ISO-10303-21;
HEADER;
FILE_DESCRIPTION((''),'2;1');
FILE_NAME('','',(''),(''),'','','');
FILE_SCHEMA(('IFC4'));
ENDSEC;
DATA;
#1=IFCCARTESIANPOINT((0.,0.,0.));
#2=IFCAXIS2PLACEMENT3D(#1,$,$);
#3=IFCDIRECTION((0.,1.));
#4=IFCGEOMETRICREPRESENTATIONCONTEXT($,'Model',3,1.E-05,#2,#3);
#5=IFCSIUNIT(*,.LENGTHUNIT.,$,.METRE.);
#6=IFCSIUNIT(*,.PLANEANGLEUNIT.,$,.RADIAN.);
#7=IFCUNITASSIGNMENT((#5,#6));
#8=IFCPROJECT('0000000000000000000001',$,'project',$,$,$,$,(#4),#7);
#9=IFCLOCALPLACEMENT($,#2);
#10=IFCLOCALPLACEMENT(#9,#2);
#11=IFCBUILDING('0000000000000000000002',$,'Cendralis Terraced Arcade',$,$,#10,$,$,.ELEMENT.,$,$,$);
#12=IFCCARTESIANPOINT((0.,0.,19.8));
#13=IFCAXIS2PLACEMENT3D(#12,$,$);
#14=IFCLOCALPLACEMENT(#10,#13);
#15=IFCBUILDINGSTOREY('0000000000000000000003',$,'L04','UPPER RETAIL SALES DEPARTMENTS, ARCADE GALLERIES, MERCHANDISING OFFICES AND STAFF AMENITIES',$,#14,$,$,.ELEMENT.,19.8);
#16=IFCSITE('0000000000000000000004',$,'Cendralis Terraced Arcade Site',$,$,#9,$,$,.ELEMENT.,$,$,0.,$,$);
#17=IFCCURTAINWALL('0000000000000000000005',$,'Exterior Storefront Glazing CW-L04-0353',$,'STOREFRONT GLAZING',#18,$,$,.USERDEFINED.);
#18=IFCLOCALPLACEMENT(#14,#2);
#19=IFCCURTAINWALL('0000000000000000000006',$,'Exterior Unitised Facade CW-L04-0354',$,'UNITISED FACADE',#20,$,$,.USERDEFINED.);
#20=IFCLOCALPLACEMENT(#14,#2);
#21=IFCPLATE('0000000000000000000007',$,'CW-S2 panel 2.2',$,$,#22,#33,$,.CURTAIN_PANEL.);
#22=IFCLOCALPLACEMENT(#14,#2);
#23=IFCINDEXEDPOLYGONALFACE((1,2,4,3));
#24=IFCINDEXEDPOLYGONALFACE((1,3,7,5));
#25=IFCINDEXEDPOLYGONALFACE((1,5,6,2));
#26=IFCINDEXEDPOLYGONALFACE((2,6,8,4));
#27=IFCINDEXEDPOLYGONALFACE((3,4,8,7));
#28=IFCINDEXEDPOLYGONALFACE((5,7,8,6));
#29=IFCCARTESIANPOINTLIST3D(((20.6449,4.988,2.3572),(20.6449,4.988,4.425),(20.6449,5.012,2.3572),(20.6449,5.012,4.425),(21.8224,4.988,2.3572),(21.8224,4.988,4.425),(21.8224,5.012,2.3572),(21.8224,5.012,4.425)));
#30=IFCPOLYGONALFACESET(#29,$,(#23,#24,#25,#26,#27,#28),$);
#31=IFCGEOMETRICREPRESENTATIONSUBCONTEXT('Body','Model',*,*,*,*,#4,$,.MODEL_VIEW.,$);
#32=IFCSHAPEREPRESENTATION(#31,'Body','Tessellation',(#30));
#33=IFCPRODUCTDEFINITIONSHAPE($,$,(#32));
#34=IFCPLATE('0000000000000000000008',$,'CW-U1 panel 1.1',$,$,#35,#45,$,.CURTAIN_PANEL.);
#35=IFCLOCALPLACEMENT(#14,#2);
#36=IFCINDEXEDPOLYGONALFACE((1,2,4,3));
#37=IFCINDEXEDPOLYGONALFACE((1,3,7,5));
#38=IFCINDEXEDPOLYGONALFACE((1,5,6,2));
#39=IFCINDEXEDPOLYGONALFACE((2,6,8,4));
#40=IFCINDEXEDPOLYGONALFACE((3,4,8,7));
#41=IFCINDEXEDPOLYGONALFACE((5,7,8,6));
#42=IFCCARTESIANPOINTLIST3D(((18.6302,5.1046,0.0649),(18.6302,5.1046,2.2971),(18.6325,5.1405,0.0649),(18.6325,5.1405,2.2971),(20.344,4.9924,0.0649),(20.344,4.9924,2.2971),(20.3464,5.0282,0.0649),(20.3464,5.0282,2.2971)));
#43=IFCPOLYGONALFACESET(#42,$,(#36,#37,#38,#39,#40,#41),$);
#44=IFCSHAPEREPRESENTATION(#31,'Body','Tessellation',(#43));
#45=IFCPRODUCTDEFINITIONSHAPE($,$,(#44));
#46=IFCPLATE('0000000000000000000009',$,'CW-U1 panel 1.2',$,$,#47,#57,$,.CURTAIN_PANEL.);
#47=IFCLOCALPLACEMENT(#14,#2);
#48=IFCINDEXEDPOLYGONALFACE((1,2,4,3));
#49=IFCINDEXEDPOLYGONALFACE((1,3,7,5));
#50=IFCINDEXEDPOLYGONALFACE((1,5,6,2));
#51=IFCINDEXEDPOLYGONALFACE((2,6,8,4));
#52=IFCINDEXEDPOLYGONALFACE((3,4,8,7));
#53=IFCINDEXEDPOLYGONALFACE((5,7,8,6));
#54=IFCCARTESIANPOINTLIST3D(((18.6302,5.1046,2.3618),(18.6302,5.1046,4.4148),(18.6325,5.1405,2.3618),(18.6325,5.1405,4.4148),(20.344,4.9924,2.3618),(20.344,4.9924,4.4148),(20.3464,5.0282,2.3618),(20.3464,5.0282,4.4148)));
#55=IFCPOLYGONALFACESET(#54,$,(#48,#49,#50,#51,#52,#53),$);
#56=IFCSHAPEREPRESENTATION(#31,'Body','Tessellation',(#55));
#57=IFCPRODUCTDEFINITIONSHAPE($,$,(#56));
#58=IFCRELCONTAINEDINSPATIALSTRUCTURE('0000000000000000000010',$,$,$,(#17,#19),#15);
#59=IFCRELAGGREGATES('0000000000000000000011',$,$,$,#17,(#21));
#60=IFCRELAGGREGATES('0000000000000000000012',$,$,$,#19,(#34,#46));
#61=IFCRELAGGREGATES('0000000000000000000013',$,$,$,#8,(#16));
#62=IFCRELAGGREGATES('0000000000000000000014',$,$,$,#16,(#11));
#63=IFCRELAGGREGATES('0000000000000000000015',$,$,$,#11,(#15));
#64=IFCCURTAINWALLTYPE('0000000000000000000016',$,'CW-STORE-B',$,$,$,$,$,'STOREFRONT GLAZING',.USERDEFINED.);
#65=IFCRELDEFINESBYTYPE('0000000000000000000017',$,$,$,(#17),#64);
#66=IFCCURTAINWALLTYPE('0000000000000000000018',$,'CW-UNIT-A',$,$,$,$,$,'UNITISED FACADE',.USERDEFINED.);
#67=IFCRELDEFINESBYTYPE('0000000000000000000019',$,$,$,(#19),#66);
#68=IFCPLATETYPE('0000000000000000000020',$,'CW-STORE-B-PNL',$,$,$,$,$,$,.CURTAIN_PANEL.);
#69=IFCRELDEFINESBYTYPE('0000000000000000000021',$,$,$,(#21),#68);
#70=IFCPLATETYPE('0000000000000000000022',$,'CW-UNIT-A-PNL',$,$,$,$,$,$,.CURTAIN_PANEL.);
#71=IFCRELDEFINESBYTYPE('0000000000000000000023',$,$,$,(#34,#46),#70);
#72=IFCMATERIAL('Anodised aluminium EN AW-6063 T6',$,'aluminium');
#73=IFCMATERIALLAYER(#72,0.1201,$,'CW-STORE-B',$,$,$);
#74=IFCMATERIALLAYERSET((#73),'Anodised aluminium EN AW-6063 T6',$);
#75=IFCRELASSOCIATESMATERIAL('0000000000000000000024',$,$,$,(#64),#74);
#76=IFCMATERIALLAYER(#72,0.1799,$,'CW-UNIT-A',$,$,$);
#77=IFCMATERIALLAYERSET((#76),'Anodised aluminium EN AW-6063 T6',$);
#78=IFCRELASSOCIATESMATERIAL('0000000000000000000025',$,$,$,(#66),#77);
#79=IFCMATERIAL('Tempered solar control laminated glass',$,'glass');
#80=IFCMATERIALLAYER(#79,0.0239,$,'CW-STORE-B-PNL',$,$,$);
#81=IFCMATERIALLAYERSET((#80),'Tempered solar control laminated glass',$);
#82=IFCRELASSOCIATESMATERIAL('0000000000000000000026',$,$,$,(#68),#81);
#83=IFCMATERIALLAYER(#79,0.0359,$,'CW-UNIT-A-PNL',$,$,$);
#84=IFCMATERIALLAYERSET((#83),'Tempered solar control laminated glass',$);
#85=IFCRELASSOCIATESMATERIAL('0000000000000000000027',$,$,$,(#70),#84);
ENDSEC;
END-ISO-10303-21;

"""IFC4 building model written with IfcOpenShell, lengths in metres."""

from ifc_helpers import new_model, si_unit, direction, frame, origin, origin_2d, place, context, subcontext, project, spatial, rectangle, extrude, material, layer, layer_set, type_object, element, aggregate, save


model = new_model("IFC4")

# Units and contexts
model_context = context("Model", 3, precision=1e-05, world=origin(), true_north=direction((0.0, 1.0)))
body_context = subcontext(model_context, "Body", "Model", "MODEL_VIEW")
ifc_project = project(units=[si_unit("LENGTHUNIT", "METRE"), si_unit("PLANEANGLEUNIT", "RADIAN")], contexts=[model_context])

# Site, building, storey
site_placement = place(None, origin())
site = spatial("IfcSite", under=ifc_project, at=site_placement, Name="Cendralis Terraced Arcade Site", CompositionType="ELEMENT", RefElevation=0.0)
building_placement = place(site_placement, origin())
building = spatial("IfcBuilding", under=site, at=building_placement, Name="Cendralis Terraced Arcade", CompositionType="ELEMENT")
storey_placement = place(building_placement, frame((0.0, 0.0, 19.8)))
storey = spatial("IfcBuildingStorey", under=building, at=storey_placement, Name="L04", Description="UPPER RETAIL SALES DEPARTMENTS, ARCADE GALLERIES, MERCHANDISING OFFICES AND STAFF AMENITIES", CompositionType="ELEMENT", Elevation=19.8)

# Curtain wall
ifc_material_1 = material(Name="Anodised aluminium EN AW-6063 T6", Category="aluminium")
ifc_layer_1 = layer(ifc_material_1, 0.1201, Name="CW-STORE-B")
ifc_layer_set_1 = layer_set([ifc_layer_1], Name="Anodised aluminium EN AW-6063 T6")
curtain_wall_type_1 = type_object("IfcCurtainWallType", Name="CW-STORE-B", ElementType="STOREFRONT GLAZING", PredefinedType="USERDEFINED", material=ifc_layer_set_1)
curtain_wall_1_placement = place(storey_placement, origin())
curtain_wall_1 = element("IfcCurtainWall", 1, at=curtain_wall_1_placement, inside=storey, type_object=curtain_wall_type_1, Name="Exterior Storefront Glazing CW-L04-0353", ObjectType="STOREFRONT GLAZING", PredefinedType="USERDEFINED")

# Curtain wall
ifc_layer_2 = layer(ifc_material_1, 0.1799, Name="CW-UNIT-A")
ifc_layer_set_2 = layer_set([ifc_layer_2], Name="Anodised aluminium EN AW-6063 T6")
curtain_wall_type_2 = type_object("IfcCurtainWallType", Name="CW-UNIT-A", ElementType="UNITISED FACADE", PredefinedType="USERDEFINED", material=ifc_layer_set_2)
curtain_wall_2_placement = place(storey_placement, origin())
curtain_wall_2 = element("IfcCurtainWall", 2, at=curtain_wall_2_placement, inside=storey, type_object=curtain_wall_type_2, Name="Exterior Unitised Facade CW-L04-0354", ObjectType="UNITISED FACADE", PredefinedType="USERDEFINED")

# Plates
ifc_material_2 = material(Name="Tempered solar control laminated glass", Category="glass")
ifc_layer_3 = layer(ifc_material_2, 0.0239, Name="CW-STORE-B-PNL")
ifc_layer_set_3 = layer_set([ifc_layer_3], Name="Tempered solar control laminated glass")
plate_type_1 = type_object("IfcPlateType", Name="CW-STORE-B-PNL", PredefinedType="CURTAIN_PANEL", material=ifc_layer_set_3)
plate_1_placement = place(storey_placement, frame((21.2336, 5.0, 2.3572), z_axis=(0.0, 0.0, 1.0), x_axis=(-1.0, 0.0, 0.0)))
plate_1 = element("IfcPlate", 3, at=plate_1_placement, type_object=plate_type_1, Name="CW-S2 panel 2.2", PredefinedType="CURTAIN_PANEL", context=body_context, shape_type="SweptSolid", body=[
    extrude(rectangle(XDim=1.1775, YDim=0.0239, at=origin_2d()), origin(), (0.0, 0.0, 1.0), 2.0679),
])
aggregate(curtain_wall_1, [plate_1])
ifc_layer_4 = layer(ifc_material_2, 0.0359, Name="CW-UNIT-A-PNL")
ifc_layer_set_4 = layer_set([ifc_layer_4], Name="Tempered solar control laminated glass")
plate_type_2 = type_object("IfcPlateType", Name="CW-UNIT-A-PNL", PredefinedType="CURTAIN_PANEL", material=ifc_layer_set_4)
plate_2_placement = place(storey_placement, frame((19.4883, 5.0664, 0.0649), z_axis=(0.0, 0.0, 1.0), x_axis=(-0.99786, 0.065384, 0.0)))
plate_2 = element("IfcPlate", 4, at=plate_2_placement, type_object=plate_type_2, Name="CW-U1 panel 1.1", PredefinedType="CURTAIN_PANEL", context=body_context, shape_type="SweptSolid", body=[
    extrude(rectangle(XDim=1.7175, YDim=0.0359, at=origin_2d()), origin(), (0.0, 0.0, 1.0), 2.2322),
])
plate_3_placement = place(storey_placement, frame((19.4883, 5.0664, 2.3618), z_axis=(0.0, 0.0, 1.0), x_axis=(-0.99786, 0.065384, 0.0)))
plate_3 = element("IfcPlate", 5, at=plate_3_placement, type_object=plate_type_2, Name="CW-U1 panel 1.2", PredefinedType="CURTAIN_PANEL", context=body_context, shape_type="SweptSolid", body=[
    extrude(rectangle(XDim=1.7175, YDim=0.0359, at=origin_2d()), origin(), (0.0, 0.0, 1.0), 2.053),
])
aggregate(curtain_wall_2, [plate_2, plate_3])

save(model, "model.ifc")
